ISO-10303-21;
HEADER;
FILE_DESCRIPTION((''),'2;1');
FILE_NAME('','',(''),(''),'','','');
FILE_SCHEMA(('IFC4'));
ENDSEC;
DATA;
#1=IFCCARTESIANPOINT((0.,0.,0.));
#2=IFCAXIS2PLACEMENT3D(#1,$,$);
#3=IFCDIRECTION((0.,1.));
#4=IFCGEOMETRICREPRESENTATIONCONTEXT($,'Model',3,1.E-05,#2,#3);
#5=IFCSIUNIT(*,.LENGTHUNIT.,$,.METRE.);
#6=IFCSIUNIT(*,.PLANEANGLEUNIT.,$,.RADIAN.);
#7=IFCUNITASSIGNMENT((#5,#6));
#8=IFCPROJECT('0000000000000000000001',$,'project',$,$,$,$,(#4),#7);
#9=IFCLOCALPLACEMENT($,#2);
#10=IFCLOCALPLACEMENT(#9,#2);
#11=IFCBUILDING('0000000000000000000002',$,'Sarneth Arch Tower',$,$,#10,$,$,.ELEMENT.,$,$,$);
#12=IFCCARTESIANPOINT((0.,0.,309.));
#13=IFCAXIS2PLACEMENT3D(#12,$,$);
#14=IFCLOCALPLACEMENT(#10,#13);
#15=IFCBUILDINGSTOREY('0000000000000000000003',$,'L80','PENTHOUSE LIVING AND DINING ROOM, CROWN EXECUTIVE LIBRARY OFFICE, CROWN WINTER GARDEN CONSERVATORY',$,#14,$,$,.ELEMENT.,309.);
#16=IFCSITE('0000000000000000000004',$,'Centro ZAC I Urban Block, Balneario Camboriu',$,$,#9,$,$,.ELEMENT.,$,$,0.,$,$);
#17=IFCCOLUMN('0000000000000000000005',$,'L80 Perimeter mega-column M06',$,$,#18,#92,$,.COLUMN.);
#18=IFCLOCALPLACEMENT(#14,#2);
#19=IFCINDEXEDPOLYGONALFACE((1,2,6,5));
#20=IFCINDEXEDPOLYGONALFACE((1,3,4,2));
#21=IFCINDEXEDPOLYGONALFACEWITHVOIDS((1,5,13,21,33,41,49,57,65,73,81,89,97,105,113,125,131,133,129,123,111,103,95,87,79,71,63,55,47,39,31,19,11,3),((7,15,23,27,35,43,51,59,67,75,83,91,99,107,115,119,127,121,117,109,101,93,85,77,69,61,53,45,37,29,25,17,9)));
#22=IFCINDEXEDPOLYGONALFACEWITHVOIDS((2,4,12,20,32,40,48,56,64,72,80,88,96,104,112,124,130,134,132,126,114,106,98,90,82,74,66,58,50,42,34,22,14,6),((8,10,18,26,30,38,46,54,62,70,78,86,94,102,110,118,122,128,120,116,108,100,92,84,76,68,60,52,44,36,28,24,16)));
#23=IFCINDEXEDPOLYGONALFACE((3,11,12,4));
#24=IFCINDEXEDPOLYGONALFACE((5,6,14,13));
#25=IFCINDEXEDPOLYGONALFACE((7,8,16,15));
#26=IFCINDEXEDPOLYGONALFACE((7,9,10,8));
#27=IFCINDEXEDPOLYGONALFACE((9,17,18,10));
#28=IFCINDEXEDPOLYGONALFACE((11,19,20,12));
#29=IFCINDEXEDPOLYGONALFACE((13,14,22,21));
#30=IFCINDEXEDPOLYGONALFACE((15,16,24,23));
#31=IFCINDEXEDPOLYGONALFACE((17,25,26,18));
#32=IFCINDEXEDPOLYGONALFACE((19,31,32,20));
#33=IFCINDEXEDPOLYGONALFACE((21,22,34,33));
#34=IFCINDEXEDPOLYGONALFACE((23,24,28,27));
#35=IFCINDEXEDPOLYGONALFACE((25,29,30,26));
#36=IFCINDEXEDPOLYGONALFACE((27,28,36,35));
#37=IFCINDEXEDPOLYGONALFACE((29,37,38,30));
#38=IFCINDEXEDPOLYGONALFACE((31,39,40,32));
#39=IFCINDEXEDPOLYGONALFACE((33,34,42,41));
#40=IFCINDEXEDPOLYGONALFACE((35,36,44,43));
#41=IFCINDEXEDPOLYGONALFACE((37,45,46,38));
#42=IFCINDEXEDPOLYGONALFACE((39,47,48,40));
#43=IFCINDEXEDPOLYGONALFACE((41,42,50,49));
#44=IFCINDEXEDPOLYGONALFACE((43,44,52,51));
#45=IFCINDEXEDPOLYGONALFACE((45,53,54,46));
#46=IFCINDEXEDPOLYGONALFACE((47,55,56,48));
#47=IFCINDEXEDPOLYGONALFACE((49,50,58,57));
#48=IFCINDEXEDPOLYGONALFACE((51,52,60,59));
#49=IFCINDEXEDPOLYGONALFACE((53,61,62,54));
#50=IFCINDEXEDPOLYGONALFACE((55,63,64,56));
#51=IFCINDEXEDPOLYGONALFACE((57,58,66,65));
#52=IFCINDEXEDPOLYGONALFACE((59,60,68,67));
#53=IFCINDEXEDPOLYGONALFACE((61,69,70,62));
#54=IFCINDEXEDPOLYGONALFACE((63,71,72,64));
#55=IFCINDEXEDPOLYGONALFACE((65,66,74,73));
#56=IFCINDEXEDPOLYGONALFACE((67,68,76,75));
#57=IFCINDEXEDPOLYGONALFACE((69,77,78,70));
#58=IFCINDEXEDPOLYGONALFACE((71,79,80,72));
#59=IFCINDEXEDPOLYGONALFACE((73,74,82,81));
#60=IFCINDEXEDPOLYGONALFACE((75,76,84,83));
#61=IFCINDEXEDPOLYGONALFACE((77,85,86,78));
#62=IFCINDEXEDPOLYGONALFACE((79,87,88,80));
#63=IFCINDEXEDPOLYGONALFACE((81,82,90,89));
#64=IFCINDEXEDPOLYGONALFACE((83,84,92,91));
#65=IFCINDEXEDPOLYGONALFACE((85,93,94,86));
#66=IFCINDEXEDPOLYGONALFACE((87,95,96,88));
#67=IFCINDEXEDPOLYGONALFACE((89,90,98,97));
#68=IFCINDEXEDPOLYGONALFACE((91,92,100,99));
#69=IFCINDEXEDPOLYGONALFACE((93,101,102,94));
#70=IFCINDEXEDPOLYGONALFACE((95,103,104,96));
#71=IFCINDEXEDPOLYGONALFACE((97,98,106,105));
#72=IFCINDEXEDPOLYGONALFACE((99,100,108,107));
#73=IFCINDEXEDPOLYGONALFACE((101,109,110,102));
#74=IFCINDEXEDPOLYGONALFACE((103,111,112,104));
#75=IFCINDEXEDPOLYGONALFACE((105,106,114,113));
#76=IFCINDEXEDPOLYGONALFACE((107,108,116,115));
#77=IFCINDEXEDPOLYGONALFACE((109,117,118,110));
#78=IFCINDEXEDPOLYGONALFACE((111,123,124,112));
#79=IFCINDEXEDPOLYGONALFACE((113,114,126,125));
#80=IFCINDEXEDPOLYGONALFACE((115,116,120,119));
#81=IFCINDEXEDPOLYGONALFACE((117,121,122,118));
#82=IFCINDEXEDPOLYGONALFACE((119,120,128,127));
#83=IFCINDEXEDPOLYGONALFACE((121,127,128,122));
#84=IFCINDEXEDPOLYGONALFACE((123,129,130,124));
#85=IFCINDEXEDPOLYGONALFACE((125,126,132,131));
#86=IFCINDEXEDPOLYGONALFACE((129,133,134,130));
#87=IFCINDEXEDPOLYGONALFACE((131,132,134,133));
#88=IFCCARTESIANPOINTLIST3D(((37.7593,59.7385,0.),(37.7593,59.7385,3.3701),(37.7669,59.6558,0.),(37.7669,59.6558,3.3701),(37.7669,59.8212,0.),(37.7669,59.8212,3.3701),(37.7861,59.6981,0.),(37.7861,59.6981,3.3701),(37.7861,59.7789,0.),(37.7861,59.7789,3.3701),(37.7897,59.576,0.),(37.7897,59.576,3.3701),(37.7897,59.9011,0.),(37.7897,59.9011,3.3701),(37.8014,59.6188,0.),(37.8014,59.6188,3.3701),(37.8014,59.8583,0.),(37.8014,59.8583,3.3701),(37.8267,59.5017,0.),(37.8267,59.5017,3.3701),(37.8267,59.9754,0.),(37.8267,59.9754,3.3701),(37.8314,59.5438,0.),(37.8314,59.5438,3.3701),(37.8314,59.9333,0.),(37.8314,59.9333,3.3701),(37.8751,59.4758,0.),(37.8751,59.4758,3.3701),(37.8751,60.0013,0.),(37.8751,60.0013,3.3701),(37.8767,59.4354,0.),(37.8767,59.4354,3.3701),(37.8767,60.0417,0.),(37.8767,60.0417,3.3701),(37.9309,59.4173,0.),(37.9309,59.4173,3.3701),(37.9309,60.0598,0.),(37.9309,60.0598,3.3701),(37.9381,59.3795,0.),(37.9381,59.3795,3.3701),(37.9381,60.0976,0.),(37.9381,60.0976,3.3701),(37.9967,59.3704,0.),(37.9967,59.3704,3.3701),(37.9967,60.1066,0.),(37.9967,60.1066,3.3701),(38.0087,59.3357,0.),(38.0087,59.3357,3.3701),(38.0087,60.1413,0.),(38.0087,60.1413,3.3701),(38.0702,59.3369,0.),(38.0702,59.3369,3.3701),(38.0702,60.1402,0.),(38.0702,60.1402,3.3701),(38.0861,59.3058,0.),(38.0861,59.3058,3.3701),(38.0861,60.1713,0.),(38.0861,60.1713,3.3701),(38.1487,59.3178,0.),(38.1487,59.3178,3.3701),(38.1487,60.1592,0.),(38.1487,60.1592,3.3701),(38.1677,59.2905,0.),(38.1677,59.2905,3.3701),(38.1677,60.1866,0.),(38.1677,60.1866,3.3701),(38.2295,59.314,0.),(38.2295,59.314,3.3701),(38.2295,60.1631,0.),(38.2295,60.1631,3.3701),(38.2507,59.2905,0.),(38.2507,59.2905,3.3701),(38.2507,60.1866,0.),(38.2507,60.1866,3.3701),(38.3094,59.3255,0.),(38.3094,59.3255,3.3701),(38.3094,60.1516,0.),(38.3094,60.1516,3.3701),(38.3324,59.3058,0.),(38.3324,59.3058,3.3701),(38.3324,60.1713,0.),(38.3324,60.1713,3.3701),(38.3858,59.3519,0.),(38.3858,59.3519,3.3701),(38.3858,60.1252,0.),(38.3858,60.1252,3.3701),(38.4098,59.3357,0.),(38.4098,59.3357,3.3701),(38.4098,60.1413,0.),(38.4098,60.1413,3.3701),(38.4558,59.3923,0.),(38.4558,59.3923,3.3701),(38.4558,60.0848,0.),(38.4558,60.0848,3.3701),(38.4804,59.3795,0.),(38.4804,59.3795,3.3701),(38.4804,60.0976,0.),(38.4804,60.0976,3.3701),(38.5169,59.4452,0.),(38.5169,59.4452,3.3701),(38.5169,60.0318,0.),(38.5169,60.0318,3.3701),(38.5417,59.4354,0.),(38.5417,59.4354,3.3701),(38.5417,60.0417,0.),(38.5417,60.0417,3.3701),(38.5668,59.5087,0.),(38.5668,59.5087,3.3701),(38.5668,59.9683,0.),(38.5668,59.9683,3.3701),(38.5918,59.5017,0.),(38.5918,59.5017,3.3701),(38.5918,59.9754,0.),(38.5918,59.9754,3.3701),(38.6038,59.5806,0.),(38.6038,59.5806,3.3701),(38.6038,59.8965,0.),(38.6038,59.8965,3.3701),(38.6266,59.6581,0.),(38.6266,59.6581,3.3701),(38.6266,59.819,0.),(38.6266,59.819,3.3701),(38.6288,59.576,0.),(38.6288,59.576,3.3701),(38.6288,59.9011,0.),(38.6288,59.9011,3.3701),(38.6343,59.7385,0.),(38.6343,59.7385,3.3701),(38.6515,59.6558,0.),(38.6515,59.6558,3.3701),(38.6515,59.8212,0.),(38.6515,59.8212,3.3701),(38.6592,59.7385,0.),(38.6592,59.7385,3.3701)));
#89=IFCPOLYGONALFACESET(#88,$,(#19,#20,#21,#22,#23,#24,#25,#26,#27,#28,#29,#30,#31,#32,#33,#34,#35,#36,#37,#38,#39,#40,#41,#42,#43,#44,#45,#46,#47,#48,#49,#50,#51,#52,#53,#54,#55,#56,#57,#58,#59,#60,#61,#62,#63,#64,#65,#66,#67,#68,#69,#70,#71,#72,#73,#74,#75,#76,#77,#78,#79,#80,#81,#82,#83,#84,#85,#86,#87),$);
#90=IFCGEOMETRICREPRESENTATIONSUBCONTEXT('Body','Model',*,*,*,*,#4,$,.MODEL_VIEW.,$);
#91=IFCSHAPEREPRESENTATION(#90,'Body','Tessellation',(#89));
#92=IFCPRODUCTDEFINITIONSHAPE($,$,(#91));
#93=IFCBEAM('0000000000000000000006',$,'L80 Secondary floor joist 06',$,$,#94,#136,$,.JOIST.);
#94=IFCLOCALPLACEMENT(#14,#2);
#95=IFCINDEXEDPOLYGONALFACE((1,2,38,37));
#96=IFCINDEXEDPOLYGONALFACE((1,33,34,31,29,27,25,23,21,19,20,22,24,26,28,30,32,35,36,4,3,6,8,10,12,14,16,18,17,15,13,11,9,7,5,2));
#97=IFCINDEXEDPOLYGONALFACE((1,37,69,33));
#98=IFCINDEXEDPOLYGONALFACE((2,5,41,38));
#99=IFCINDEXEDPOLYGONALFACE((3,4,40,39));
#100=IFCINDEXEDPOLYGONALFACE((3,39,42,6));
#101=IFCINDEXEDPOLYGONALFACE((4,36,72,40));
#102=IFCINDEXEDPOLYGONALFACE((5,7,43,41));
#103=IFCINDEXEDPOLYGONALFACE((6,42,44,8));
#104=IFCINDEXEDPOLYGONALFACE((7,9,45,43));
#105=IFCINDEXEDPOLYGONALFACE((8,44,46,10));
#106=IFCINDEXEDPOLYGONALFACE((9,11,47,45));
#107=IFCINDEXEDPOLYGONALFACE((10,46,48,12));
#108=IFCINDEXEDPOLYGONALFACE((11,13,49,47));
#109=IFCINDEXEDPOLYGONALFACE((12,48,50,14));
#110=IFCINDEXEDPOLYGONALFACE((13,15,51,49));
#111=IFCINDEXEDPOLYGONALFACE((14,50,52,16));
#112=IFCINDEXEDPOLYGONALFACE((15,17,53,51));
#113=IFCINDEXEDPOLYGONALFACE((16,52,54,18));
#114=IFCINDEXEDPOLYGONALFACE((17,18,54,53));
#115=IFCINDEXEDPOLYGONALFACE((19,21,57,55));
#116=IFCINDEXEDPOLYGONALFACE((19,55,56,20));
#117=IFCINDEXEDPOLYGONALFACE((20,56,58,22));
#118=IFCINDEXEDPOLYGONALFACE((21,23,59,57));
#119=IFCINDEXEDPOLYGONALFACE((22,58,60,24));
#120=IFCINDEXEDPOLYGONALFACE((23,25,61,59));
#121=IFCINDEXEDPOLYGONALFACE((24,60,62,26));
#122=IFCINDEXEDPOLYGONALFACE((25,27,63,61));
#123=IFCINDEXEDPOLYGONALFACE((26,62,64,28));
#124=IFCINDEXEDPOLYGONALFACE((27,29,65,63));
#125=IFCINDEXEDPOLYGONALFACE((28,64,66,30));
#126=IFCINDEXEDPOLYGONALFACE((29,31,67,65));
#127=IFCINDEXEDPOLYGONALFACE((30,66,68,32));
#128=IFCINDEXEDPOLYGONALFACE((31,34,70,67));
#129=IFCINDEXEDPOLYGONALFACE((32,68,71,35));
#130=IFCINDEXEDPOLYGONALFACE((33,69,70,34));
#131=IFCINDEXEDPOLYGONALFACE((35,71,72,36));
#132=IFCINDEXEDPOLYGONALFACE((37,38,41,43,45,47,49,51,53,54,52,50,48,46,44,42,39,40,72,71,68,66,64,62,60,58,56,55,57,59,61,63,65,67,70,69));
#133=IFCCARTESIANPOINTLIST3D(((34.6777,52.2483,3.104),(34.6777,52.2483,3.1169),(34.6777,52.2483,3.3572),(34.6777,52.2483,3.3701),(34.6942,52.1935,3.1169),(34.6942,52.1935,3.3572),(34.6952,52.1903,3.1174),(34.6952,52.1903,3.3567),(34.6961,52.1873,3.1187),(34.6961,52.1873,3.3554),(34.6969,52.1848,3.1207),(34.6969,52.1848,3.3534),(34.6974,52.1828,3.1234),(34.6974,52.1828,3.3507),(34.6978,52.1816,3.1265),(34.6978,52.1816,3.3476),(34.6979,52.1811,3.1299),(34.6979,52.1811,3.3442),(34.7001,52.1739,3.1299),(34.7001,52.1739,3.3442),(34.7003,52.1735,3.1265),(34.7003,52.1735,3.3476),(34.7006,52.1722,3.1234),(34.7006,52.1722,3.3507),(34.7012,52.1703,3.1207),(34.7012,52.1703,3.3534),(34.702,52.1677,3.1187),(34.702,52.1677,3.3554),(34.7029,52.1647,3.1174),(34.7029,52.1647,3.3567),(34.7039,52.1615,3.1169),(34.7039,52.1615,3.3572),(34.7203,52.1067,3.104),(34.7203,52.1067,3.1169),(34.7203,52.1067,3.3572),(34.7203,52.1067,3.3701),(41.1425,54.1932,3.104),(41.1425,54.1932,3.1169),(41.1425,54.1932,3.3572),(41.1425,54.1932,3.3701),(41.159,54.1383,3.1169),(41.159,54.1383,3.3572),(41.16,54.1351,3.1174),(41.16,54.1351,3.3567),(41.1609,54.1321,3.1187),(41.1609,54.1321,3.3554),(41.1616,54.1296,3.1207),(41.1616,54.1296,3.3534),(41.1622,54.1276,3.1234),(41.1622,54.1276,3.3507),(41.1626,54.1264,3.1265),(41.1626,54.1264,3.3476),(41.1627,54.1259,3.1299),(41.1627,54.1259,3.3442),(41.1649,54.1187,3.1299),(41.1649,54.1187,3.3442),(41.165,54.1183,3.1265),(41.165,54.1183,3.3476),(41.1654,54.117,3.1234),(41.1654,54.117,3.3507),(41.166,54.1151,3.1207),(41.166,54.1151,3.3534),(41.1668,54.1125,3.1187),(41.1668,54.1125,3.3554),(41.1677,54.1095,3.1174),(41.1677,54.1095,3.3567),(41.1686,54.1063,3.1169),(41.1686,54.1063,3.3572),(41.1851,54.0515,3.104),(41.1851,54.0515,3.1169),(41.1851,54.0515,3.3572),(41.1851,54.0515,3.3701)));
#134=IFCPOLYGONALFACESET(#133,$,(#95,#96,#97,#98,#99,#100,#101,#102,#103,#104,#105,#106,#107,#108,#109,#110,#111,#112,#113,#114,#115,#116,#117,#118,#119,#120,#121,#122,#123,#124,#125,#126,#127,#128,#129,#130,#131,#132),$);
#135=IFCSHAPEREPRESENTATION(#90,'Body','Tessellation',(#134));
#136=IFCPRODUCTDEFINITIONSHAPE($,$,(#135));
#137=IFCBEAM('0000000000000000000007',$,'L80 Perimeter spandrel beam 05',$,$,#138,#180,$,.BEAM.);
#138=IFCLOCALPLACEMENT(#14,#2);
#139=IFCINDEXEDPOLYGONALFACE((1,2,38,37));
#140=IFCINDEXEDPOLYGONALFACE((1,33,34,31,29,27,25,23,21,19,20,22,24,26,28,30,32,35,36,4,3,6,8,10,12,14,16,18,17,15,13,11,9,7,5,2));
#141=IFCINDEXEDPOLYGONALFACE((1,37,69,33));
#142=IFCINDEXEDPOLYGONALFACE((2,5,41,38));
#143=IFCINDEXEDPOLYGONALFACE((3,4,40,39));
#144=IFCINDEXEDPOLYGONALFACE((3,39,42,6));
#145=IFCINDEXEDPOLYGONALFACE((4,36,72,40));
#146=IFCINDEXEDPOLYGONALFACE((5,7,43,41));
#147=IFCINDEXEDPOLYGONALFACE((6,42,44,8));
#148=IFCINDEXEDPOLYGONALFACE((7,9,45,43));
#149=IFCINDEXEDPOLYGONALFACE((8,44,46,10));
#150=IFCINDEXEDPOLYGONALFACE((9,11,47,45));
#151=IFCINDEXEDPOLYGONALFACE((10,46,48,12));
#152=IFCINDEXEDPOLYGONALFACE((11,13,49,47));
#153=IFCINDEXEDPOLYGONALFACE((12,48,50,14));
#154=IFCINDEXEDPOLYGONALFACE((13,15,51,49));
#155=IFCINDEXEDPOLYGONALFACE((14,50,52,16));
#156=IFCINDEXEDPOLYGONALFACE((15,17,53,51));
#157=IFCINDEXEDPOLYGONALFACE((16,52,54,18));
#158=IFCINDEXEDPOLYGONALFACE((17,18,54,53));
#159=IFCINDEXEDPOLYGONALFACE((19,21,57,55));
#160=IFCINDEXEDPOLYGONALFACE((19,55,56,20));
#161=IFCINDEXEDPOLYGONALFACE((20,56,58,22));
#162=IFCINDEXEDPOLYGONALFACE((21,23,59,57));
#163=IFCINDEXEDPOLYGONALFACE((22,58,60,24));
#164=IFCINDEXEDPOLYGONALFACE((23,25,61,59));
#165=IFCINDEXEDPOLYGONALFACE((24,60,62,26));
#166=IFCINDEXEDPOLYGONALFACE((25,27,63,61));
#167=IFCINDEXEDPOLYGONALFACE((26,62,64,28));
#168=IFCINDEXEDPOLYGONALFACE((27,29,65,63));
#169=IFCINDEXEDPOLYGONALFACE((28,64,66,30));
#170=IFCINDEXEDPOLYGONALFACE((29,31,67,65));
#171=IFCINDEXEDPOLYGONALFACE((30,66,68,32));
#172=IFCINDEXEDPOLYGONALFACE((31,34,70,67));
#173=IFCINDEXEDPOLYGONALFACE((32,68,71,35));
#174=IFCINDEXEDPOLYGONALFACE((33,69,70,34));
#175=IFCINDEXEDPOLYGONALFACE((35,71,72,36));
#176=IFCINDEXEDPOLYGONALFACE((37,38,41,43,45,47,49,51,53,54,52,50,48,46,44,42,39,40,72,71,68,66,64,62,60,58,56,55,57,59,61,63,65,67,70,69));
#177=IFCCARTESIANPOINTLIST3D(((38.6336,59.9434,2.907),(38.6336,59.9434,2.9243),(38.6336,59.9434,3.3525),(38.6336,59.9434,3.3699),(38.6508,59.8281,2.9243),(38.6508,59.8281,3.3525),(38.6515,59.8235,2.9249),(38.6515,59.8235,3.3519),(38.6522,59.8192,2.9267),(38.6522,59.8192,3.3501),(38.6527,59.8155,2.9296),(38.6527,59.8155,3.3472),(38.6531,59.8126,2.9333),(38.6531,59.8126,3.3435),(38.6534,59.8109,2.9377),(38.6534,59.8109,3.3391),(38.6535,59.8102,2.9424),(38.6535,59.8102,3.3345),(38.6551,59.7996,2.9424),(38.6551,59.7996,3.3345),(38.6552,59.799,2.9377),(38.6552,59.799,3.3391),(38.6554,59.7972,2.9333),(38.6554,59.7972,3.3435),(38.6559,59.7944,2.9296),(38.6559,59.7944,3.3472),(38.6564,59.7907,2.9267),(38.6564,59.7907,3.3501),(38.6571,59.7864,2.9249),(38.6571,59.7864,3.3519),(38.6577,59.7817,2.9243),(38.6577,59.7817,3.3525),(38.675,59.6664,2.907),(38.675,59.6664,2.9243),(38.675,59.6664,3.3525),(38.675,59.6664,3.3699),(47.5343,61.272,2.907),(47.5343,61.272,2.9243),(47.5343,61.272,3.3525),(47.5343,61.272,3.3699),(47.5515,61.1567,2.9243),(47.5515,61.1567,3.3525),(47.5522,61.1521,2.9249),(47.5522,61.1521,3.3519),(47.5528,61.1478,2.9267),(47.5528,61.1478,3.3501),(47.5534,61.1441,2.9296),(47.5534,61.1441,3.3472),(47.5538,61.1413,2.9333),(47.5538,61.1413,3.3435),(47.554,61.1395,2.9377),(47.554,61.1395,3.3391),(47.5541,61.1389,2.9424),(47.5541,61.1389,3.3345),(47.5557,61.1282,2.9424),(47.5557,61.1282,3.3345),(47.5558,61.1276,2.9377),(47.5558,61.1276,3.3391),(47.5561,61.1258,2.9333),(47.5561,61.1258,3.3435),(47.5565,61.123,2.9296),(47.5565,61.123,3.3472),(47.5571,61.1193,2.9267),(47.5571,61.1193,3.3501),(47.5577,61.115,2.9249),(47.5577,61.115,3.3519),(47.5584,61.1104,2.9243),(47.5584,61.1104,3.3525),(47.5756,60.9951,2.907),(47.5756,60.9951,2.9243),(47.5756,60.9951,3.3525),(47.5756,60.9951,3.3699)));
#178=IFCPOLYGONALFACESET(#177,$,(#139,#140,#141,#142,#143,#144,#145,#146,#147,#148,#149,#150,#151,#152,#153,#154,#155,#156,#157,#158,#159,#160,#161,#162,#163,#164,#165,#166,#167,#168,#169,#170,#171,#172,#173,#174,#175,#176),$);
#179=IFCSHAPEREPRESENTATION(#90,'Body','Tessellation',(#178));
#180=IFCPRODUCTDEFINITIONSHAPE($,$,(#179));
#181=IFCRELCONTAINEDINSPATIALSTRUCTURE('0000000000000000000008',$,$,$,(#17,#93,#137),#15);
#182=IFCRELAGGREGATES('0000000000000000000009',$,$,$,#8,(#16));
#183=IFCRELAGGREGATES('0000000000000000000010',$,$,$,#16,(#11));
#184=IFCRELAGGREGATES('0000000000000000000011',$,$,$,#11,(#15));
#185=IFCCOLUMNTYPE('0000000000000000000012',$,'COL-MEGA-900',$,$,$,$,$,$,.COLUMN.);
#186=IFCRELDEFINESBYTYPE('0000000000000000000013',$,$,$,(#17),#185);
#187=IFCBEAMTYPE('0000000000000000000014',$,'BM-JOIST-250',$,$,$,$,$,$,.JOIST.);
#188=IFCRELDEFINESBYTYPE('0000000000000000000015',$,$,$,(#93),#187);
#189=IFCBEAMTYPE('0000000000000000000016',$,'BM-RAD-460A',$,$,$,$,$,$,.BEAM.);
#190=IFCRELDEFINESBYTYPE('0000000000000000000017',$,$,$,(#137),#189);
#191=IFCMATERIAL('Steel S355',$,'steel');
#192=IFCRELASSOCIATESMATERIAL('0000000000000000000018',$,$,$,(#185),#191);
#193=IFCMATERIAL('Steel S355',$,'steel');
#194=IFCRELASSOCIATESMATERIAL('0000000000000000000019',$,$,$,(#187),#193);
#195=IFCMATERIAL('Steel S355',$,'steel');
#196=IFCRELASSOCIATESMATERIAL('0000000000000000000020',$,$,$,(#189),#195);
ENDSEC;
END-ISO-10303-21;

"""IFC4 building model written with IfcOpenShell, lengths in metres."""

from ifc_helpers import new_model, si_unit, direction, frame, origin, origin_2d, place, context, subcontext, project, spatial, hollow_circle, i_section, extrude, material, material_profile, profile_set, type_object, element, save


model = new_model("IFC4")

# Units and contexts
model_context = context("Model", 3, precision=1e-05, world=origin(), true_north=direction((0.0, 1.0)))
body_context = subcontext(model_context, "Body", "Model", "MODEL_VIEW")
ifc_project = project(units=[si_unit("LENGTHUNIT", "METRE"), si_unit("PLANEANGLEUNIT", "RADIAN")], contexts=[model_context])

# Site, building, storey
site_placement = place(None, origin())
site = spatial("IfcSite", under=ifc_project, at=site_placement, Name="Centro ZAC I Urban Block, Balneario Camboriu", CompositionType="ELEMENT", RefElevation=0.0)
building_placement = place(site_placement, origin())
building = spatial("IfcBuilding", under=site, at=building_placement, Name="Sarneth Arch Tower", CompositionType="ELEMENT")
storey_placement = place(building_placement, frame((0.0, 0.0, 309.0)))
storey = spatial("IfcBuildingStorey", under=building, at=storey_placement, Name="L80", Description="PENTHOUSE LIVING AND DINING ROOM, CROWN EXECUTIVE LIBRARY OFFICE, CROWN WINTER GARDEN CONSERVATORY", CompositionType="ELEMENT", Elevation=309.0)

# Column
ifc_material_1 = material(Name="Steel S355", Category="steel")
ifc_material_profile_1 = material_profile(ifc_material_1, hollow_circle(Radius=0.45, WallThickness=0.0249, at=origin_2d()), Name="CHS900x25")
ifc_profile_set_1 = profile_set([ifc_material_profile_1], Name="Steel S355")
column_type = type_object("IfcColumnType", Name="COL-MEGA-900", PredefinedType="COLUMN", material=ifc_profile_set_1)
column_placement = place(storey_placement, frame((38.2092, 59.7385, 0.0), z_axis=(0.0, 0.0, 1.0), x_axis=(1.0, 0.0, 0.0)))
element("IfcColumn", 1, at=column_placement, inside=storey, type_object=column_type, Name="L80 Perimeter mega-column M06", PredefinedType="COLUMN", context=body_context, shape_type="SweptSolid", body=[
    extrude(hollow_circle(Radius=0.45, WallThickness=0.0249, at=origin_2d()), origin(), (0.0, 0.0, 1.0), 3.3701),
])

# Beams
ifc_material_2 = material(Name="Steel S355", Category="steel")
ifc_material_profile_2 = material_profile(ifc_material_2, i_section(OverallWidth=0.1479, OverallDepth=0.2661, WebThickness=0.0076, FlangeThickness=0.0129, FilletRadius=0.0129, at=origin_2d()), Name="W250x44.8")
ifc_profile_set_2 = profile_set([ifc_material_profile_2], Name="Steel S355")
beam_type_1 = type_object("IfcBeamType", Name="BM-JOIST-250", PredefinedType="JOIST", material=ifc_profile_set_2)
beam_1_placement = place(storey_placement, frame((41.1638, 54.1223, 3.2371), z_axis=(-0.957607, -0.288078, 0.0), x_axis=(0.288078, -0.957607, 0.0)))
element("IfcBeam", 2, at=beam_1_placement, inside=storey, type_object=beam_type_1, Name="L80 Secondary floor joist 06", PredefinedType="JOIST", context=body_context, shape_type="SweptSolid", body=[
    extrude(i_section(OverallWidth=0.1479, OverallDepth=0.2661, WebThickness=0.0076, FlangeThickness=0.0129, FilletRadius=0.0129, at=origin_2d()), origin(), (0.0, 0.0, 1.0), 6.751),
])
ifc_material_3 = material(Name="Steel S355", Category="steel")
ifc_material_profile_3 = material_profile(ifc_material_3, i_section(OverallWidth=0.28, OverallDepth=0.4629, WebThickness=0.0107, FlangeThickness=0.0173, FilletRadius=0.0181, at=origin_2d()), Name="W460x113")
ifc_profile_set_3 = profile_set([ifc_material_profile_3], Name="Steel S355")
beam_type_2 = type_object("IfcBeamType", Name="BM-RAD-460A", PredefinedType="BEAM", material=ifc_profile_set_3)
beam_2_placement = place(storey_placement, frame((47.5549, 61.1335, 3.1384), z_axis=(-0.989042, -0.147636, 0.0), x_axis=(0.147636, -0.989042, 0.0)))
element("IfcBeam", 3, at=beam_2_placement, inside=storey, type_object=beam_type_2, Name="L80 Perimeter spandrel beam 05", PredefinedType="BEAM", context=body_context, shape_type="SweptSolid", body=[
    extrude(i_section(OverallWidth=0.28, OverallDepth=0.4629, WebThickness=0.0107, FlangeThickness=0.0173, FilletRadius=0.0181, at=origin_2d()), origin(), (0.0, 0.0, 1.0), 8.9993),
])

save(model, "model.ifc")
